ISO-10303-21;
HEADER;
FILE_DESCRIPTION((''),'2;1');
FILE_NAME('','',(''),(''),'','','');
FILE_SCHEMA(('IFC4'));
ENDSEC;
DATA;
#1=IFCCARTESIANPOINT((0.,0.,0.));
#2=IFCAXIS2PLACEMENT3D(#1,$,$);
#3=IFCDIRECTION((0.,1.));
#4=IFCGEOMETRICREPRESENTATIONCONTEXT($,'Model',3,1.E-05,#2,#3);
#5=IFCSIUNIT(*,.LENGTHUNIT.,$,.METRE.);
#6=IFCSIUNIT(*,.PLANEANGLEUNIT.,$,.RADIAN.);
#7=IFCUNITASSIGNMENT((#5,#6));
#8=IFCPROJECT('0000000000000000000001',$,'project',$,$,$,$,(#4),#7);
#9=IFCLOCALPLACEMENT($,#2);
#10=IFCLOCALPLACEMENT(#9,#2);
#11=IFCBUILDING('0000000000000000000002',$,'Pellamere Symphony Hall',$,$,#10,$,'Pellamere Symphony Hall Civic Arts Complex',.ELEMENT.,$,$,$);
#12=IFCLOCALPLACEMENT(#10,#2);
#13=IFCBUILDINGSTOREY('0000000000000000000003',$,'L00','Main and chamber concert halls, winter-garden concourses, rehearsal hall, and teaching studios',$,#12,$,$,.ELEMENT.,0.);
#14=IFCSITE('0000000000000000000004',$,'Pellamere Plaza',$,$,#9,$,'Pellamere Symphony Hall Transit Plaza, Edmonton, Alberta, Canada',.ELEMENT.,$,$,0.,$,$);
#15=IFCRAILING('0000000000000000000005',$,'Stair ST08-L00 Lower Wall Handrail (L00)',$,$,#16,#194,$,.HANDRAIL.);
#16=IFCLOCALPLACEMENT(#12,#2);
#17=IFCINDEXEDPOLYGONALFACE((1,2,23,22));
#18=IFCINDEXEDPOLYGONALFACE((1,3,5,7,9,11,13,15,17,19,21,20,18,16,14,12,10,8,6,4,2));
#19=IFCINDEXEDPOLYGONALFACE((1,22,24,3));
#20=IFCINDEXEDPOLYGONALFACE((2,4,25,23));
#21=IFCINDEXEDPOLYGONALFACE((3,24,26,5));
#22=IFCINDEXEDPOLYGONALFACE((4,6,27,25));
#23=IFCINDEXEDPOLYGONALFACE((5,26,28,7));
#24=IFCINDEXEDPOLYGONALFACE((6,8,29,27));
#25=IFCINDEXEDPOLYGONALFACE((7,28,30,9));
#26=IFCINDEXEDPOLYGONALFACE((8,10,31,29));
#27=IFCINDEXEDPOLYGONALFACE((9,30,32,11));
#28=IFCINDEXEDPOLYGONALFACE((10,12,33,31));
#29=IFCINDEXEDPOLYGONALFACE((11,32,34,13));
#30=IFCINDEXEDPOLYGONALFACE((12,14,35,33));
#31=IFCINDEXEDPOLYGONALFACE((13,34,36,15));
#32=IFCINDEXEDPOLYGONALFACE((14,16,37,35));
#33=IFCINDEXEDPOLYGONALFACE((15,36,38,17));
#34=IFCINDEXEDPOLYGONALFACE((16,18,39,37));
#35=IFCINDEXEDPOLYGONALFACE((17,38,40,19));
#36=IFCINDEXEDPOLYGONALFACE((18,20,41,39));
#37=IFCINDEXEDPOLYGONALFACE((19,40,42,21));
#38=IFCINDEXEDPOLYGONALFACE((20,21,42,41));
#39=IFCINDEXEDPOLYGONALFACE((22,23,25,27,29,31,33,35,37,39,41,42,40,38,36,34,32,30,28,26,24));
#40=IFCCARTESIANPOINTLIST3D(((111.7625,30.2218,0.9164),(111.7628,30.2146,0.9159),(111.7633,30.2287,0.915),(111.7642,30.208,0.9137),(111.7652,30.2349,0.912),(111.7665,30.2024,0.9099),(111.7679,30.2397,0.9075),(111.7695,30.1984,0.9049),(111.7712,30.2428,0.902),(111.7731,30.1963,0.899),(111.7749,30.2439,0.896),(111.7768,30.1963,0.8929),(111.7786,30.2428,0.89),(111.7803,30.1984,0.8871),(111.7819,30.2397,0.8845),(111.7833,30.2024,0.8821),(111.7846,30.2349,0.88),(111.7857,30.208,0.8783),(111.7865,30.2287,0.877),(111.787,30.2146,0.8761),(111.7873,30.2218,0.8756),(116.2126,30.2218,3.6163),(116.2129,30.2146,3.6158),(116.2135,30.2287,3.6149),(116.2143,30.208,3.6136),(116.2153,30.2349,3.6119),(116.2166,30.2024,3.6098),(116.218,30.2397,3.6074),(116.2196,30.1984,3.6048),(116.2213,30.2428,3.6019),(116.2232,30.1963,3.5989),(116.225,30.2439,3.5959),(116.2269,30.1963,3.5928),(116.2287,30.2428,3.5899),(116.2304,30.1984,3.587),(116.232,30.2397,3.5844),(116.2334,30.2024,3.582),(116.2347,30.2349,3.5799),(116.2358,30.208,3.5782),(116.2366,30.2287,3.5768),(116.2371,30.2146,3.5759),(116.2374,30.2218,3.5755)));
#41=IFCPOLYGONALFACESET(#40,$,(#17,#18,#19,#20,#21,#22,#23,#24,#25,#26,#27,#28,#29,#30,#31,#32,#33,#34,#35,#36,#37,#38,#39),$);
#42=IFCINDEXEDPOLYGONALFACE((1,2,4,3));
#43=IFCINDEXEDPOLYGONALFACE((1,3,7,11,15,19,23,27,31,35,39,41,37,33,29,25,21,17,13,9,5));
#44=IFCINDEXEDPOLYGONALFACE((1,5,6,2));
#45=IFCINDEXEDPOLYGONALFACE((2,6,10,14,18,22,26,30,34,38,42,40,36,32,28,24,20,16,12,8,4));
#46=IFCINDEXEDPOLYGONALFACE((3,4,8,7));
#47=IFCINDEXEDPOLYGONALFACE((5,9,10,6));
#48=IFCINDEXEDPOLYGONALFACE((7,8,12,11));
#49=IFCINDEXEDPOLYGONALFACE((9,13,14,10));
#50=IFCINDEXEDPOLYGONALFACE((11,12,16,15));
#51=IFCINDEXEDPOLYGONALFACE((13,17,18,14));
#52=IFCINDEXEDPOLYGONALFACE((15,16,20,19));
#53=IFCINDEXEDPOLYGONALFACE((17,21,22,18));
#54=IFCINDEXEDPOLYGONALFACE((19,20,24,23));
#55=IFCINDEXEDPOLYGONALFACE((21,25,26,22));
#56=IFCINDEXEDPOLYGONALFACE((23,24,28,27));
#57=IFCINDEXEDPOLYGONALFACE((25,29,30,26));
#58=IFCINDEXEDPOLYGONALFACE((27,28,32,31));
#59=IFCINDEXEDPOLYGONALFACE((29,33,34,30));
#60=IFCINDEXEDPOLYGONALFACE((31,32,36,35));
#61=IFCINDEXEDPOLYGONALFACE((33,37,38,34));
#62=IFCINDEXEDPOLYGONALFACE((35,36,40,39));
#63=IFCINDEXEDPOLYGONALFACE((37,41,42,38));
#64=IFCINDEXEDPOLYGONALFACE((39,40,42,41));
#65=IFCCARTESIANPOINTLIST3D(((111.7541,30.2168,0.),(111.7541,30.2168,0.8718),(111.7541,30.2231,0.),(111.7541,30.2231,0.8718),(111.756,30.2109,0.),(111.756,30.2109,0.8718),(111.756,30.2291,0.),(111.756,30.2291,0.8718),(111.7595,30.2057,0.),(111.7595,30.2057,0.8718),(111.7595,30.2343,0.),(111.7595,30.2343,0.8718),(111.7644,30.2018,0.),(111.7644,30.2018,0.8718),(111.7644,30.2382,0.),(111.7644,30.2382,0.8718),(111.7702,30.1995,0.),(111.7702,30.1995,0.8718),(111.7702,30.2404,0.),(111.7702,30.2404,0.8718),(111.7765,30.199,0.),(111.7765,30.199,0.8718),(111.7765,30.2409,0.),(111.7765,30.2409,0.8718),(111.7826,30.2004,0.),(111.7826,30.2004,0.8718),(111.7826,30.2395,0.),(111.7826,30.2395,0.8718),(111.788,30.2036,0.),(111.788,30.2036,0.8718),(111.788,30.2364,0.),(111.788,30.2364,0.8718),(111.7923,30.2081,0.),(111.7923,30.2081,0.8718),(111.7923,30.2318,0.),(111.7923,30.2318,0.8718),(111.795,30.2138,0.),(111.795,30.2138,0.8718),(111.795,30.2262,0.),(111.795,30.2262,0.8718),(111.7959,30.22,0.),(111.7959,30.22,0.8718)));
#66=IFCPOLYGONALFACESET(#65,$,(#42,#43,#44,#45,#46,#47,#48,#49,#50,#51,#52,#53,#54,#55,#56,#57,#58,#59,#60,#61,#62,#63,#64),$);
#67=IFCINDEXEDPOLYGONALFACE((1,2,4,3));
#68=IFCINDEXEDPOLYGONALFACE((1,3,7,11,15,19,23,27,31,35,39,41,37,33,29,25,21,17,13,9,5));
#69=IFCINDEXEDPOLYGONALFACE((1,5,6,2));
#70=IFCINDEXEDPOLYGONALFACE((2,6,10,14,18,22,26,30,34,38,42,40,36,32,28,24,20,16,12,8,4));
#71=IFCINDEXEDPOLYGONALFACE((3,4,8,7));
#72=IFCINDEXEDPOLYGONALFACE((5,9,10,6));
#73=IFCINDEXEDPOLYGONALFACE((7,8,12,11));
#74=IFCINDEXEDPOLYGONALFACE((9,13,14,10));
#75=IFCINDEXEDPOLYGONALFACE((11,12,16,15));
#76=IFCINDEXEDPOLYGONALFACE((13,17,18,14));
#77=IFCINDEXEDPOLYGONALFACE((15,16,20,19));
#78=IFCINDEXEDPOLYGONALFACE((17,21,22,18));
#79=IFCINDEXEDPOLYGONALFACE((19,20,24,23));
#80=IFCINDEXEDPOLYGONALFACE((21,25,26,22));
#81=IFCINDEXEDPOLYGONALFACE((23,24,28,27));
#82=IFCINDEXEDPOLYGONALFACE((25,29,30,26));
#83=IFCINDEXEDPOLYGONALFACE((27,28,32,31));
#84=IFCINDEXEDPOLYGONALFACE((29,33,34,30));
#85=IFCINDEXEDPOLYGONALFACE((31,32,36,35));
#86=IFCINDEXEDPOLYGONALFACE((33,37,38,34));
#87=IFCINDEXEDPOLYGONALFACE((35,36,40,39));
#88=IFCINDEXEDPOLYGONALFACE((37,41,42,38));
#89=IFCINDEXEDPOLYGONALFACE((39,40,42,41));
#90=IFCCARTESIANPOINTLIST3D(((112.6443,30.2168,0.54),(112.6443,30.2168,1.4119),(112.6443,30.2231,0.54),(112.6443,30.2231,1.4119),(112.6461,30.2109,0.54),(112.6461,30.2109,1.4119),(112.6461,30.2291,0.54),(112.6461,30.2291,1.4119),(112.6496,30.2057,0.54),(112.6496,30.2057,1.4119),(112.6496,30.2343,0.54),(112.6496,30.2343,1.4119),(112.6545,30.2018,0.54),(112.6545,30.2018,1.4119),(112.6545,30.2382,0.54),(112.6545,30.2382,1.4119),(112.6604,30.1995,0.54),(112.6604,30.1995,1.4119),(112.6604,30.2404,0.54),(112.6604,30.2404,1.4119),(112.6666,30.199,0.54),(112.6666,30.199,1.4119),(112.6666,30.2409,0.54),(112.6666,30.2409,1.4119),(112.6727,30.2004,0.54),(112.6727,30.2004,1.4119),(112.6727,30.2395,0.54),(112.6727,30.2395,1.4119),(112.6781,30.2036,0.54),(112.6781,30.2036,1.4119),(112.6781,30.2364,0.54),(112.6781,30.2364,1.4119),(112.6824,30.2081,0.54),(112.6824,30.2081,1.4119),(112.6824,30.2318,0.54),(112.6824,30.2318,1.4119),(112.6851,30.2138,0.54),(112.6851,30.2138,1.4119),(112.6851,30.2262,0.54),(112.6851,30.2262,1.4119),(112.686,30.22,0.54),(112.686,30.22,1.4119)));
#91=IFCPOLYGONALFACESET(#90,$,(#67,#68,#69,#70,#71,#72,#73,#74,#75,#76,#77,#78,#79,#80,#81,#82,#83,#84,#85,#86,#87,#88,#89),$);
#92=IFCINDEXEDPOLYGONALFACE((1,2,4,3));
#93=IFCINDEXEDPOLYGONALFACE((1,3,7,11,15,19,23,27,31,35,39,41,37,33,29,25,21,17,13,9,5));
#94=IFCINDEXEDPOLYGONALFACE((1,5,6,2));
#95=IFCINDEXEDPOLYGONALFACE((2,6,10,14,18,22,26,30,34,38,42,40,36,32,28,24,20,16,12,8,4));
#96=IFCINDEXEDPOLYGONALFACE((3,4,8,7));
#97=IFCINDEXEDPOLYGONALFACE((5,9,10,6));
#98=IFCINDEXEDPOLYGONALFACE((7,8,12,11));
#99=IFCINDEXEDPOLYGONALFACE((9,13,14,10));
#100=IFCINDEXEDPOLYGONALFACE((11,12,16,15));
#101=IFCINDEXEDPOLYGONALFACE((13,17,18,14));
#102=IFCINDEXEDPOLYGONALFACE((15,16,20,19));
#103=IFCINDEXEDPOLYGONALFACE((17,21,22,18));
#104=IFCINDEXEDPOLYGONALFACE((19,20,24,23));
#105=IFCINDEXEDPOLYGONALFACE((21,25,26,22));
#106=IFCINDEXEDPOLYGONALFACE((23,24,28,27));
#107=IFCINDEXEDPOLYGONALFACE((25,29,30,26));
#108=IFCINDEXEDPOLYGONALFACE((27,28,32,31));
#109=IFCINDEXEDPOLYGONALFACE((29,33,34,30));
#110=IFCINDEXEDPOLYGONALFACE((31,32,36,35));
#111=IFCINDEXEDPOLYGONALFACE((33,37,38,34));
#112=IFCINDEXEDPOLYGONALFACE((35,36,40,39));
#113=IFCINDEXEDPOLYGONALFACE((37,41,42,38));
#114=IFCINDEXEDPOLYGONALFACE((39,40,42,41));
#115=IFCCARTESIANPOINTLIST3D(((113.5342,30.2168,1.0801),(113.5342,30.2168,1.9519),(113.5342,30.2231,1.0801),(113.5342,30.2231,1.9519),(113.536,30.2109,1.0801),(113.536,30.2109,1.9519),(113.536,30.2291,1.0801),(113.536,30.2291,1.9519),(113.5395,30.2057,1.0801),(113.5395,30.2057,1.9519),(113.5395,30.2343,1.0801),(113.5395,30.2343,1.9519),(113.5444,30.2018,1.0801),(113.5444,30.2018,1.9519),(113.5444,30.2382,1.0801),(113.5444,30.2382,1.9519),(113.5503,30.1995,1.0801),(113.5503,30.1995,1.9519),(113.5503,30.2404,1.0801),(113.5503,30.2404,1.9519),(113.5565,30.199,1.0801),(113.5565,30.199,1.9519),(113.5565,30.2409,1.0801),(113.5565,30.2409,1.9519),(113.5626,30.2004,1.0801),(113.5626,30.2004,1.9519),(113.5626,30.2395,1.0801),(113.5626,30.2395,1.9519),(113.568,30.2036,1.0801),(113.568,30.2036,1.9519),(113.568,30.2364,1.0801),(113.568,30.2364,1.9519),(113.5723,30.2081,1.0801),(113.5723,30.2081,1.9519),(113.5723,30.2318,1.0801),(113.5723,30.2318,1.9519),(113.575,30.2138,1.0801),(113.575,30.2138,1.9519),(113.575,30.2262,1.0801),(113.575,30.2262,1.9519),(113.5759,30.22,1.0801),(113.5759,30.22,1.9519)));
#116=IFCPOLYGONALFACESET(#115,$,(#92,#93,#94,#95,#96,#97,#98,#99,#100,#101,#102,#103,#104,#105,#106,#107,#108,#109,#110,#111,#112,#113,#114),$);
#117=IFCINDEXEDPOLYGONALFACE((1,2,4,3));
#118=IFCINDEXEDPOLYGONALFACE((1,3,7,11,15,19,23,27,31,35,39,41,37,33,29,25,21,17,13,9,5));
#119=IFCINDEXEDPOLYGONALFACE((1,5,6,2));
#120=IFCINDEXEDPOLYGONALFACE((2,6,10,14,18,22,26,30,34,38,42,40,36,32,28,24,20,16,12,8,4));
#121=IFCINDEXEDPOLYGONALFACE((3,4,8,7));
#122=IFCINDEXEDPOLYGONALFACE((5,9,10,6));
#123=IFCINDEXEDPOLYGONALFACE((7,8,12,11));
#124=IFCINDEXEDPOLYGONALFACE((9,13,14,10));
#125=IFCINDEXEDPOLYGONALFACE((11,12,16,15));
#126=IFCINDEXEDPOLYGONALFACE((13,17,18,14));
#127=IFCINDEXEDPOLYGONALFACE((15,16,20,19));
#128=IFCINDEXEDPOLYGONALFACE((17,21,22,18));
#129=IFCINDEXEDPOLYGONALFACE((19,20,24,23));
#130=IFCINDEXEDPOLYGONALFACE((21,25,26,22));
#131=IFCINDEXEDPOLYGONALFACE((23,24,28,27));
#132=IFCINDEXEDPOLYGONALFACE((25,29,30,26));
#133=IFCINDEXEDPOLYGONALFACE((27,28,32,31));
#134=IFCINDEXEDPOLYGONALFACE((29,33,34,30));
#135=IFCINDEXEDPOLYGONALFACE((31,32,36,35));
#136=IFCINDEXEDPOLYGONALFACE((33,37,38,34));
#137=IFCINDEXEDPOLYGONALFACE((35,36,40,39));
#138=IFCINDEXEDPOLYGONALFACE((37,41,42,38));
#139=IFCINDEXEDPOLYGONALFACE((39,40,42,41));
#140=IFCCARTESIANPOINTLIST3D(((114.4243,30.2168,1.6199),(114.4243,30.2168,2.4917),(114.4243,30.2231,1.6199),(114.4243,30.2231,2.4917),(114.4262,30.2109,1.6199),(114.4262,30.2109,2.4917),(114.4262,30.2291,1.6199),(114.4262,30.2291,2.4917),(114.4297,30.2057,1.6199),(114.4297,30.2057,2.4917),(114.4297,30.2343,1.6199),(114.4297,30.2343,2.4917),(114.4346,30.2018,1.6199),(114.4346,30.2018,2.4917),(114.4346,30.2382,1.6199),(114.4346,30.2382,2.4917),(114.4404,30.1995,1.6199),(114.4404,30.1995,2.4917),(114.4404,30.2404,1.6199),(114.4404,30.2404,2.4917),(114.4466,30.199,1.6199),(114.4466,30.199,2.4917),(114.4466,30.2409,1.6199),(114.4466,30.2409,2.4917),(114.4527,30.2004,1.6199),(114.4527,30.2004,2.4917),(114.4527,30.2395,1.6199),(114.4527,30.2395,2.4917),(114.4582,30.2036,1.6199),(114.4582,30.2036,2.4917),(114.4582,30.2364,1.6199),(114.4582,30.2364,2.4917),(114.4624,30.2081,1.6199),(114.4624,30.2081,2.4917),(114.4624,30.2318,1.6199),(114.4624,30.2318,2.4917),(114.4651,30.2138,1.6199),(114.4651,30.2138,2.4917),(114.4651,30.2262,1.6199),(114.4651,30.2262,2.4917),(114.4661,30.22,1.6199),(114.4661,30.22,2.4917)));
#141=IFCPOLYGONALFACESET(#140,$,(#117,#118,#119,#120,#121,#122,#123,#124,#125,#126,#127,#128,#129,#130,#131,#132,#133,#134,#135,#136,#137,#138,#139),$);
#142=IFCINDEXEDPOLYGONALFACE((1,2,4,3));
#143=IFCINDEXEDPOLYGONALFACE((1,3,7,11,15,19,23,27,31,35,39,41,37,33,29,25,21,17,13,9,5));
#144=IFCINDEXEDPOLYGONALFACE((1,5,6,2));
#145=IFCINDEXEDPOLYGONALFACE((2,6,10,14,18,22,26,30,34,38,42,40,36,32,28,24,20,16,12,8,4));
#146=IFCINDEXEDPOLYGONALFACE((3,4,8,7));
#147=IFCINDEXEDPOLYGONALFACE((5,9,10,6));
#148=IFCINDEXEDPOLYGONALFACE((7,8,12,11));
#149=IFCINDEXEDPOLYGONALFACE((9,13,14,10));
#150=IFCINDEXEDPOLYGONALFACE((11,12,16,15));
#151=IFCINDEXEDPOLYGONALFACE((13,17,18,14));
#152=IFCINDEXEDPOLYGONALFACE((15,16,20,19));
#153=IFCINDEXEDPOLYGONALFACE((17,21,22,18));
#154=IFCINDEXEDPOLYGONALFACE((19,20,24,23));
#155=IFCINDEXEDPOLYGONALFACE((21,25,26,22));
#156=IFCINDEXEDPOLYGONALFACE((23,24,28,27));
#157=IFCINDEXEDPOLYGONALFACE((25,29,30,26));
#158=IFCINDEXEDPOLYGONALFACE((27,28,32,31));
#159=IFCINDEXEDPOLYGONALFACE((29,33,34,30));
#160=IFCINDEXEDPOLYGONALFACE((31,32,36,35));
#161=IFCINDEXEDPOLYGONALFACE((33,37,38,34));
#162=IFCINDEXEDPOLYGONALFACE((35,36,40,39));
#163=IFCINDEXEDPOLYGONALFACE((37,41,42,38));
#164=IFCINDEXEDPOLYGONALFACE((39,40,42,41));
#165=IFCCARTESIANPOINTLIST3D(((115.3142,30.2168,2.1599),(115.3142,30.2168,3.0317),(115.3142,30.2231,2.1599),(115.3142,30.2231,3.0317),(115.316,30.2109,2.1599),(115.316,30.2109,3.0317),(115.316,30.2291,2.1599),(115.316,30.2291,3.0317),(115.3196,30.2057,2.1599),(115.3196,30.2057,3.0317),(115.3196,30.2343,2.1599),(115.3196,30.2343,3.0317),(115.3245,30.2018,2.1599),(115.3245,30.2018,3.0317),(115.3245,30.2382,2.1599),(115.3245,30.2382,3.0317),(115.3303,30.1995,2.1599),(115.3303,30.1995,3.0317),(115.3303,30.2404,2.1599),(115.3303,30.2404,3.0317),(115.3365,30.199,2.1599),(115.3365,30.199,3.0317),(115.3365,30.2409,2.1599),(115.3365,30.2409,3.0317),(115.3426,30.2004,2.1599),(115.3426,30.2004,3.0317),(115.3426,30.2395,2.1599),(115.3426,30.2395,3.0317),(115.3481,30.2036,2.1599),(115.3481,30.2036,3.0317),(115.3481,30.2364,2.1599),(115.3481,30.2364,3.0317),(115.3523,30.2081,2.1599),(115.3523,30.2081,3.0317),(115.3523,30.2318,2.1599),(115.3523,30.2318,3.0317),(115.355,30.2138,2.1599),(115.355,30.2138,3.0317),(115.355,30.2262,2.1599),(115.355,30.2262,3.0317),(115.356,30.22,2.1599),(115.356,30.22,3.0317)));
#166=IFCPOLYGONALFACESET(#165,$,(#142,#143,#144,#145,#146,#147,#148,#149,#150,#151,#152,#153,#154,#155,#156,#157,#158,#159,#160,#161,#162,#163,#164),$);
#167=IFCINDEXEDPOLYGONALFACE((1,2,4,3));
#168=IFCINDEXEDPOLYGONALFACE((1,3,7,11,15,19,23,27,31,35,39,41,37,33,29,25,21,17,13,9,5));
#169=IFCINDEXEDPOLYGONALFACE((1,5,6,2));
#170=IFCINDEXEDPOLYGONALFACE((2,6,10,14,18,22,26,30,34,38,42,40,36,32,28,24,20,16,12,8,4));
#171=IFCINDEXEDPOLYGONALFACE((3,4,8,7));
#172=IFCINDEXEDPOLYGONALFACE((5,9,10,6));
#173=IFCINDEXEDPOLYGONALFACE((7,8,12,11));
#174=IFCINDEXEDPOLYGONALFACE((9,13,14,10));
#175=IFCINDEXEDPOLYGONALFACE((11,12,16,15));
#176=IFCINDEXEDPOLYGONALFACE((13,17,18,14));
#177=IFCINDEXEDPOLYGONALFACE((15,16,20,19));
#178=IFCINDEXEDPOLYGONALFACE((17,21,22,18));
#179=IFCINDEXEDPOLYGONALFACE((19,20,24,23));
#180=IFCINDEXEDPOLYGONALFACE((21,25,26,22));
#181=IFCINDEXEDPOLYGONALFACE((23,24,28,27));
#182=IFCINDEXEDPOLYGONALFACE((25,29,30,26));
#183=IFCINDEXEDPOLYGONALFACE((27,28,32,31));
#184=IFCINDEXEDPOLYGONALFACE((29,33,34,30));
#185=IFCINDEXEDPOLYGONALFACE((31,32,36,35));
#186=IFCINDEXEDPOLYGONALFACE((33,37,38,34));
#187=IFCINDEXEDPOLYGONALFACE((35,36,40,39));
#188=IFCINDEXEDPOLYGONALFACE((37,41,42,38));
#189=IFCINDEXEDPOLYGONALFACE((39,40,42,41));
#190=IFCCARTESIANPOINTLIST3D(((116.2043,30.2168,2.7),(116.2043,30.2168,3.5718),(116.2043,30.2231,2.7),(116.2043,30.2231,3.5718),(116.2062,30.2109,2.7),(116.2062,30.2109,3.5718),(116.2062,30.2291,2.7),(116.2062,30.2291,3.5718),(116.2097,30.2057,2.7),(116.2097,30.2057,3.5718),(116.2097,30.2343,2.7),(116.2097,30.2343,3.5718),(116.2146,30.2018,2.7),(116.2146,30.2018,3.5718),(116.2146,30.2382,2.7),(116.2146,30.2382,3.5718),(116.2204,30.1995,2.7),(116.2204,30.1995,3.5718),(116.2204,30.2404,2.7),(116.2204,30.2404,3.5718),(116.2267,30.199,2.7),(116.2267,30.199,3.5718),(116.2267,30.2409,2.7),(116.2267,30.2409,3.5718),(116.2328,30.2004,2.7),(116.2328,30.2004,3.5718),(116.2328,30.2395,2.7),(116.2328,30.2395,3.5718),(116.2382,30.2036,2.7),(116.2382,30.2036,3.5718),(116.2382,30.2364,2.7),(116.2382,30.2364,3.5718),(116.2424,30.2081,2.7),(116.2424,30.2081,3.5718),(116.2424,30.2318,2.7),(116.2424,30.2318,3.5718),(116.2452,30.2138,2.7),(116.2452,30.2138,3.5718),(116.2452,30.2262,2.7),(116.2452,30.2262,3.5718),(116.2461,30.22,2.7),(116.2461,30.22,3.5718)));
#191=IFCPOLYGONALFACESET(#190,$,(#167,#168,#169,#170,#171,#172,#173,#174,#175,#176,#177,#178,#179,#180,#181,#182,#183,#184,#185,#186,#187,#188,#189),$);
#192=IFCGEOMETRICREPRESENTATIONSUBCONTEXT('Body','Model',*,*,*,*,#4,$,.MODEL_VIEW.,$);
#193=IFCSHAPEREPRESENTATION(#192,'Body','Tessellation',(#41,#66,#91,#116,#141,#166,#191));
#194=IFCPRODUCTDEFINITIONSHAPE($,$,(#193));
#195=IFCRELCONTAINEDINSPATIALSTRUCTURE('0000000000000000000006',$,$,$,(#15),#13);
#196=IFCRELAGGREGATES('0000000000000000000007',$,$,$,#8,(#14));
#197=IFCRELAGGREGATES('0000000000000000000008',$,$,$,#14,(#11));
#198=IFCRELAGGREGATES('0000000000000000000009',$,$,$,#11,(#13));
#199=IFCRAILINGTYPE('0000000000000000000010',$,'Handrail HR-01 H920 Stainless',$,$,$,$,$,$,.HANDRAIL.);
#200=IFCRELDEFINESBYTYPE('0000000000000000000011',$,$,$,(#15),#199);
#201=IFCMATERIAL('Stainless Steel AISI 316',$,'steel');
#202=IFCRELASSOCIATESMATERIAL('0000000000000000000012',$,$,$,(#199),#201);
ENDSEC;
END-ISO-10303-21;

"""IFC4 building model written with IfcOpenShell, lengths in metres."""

from ifc_helpers import new_model, si_unit, direction, frame, origin, origin_2d, place, context, subcontext, project, spatial, circle, extrude, material, type_object, element, save


model = new_model("IFC4")

# Units and contexts
model_context = context("Model", 3, precision=1e-05, world=origin(), true_north=direction((0.0, 1.0)))
body_context = subcontext(model_context, "Body", "Model", "MODEL_VIEW")
ifc_project = project(units=[si_unit("LENGTHUNIT", "METRE"), si_unit("PLANEANGLEUNIT", "RADIAN")], contexts=[model_context])

# Site, building, storey
site_placement = place(None, origin())
site = spatial("IfcSite", under=ifc_project, at=site_placement, Name="Pellamere Plaza", LongName="Pellamere Symphony Hall Transit Plaza, Edmonton, Alberta, Canada", CompositionType="ELEMENT", RefElevation=0.0)
building_placement = place(site_placement, origin())
building = spatial("IfcBuilding", under=site, at=building_placement, Name="Pellamere Symphony Hall", LongName="Pellamere Symphony Hall Civic Arts Complex", CompositionType="ELEMENT")
storey_placement = place(building_placement, origin())
storey = spatial("IfcBuildingStorey", under=building, at=storey_placement, Name="L00", Description="Main and chamber concert halls, winter-garden concourses, rehearsal hall, and teaching studios", CompositionType="ELEMENT", Elevation=0.0)

# Railing
ifc_material_1 = material(Name="Stainless Steel AISI 316", Category="steel")
railing_type_1 = type_object("IfcRailingType", Name="Handrail HR-01 H920 Stainless", PredefinedType="HANDRAIL", material=ifc_material_1)
railing_1_placement = place(storey_placement, frame((111.7749, 30.22, 0.0)))
element("IfcRailing", 1, at=railing_1_placement, inside=storey, type_object=railing_type_1, Name="Stair ST08-L00 Lower Wall Handrail (L00)", PredefinedType="HANDRAIL", context=body_context, shape_type="SweptSolid", body=[
    extrude(circle(Radius=0.0239, at=origin_2d()), frame((0.0, 0.0, 0.896), z_axis=(0.854954, 0.0, 0.518704), x_axis=(0.0, 1.0, 0.0)), (0.0, 0.0, 1.0), 5.2051),
    extrude(circle(Radius=0.021, at=origin_2d()), origin(), (0.0, 0.0, 1.0), 0.8718),
    extrude(circle(Radius=0.021, at=origin_2d()), frame((0.8901, 0.0, 0.54)), (0.0, 0.0, 1.0), 0.8718),
    extrude(circle(Radius=0.021, at=origin_2d()), frame((1.78, 0.0, 1.0801)), (0.0, 0.0, 1.0), 0.8718),
    extrude(circle(Radius=0.021, at=origin_2d()), frame((2.6702, 0.0, 1.6199)), (0.0, 0.0, 1.0), 0.8718),
    extrude(circle(Radius=0.021, at=origin_2d()), frame((3.5601, 0.0, 2.1599)), (0.0, 0.0, 1.0), 0.8718),
    extrude(circle(Radius=0.021, at=origin_2d()), frame((4.4502, 0.0, 2.7)), (0.0, 0.0, 1.0), 0.8718),
])

save(model, "model.ifc")
